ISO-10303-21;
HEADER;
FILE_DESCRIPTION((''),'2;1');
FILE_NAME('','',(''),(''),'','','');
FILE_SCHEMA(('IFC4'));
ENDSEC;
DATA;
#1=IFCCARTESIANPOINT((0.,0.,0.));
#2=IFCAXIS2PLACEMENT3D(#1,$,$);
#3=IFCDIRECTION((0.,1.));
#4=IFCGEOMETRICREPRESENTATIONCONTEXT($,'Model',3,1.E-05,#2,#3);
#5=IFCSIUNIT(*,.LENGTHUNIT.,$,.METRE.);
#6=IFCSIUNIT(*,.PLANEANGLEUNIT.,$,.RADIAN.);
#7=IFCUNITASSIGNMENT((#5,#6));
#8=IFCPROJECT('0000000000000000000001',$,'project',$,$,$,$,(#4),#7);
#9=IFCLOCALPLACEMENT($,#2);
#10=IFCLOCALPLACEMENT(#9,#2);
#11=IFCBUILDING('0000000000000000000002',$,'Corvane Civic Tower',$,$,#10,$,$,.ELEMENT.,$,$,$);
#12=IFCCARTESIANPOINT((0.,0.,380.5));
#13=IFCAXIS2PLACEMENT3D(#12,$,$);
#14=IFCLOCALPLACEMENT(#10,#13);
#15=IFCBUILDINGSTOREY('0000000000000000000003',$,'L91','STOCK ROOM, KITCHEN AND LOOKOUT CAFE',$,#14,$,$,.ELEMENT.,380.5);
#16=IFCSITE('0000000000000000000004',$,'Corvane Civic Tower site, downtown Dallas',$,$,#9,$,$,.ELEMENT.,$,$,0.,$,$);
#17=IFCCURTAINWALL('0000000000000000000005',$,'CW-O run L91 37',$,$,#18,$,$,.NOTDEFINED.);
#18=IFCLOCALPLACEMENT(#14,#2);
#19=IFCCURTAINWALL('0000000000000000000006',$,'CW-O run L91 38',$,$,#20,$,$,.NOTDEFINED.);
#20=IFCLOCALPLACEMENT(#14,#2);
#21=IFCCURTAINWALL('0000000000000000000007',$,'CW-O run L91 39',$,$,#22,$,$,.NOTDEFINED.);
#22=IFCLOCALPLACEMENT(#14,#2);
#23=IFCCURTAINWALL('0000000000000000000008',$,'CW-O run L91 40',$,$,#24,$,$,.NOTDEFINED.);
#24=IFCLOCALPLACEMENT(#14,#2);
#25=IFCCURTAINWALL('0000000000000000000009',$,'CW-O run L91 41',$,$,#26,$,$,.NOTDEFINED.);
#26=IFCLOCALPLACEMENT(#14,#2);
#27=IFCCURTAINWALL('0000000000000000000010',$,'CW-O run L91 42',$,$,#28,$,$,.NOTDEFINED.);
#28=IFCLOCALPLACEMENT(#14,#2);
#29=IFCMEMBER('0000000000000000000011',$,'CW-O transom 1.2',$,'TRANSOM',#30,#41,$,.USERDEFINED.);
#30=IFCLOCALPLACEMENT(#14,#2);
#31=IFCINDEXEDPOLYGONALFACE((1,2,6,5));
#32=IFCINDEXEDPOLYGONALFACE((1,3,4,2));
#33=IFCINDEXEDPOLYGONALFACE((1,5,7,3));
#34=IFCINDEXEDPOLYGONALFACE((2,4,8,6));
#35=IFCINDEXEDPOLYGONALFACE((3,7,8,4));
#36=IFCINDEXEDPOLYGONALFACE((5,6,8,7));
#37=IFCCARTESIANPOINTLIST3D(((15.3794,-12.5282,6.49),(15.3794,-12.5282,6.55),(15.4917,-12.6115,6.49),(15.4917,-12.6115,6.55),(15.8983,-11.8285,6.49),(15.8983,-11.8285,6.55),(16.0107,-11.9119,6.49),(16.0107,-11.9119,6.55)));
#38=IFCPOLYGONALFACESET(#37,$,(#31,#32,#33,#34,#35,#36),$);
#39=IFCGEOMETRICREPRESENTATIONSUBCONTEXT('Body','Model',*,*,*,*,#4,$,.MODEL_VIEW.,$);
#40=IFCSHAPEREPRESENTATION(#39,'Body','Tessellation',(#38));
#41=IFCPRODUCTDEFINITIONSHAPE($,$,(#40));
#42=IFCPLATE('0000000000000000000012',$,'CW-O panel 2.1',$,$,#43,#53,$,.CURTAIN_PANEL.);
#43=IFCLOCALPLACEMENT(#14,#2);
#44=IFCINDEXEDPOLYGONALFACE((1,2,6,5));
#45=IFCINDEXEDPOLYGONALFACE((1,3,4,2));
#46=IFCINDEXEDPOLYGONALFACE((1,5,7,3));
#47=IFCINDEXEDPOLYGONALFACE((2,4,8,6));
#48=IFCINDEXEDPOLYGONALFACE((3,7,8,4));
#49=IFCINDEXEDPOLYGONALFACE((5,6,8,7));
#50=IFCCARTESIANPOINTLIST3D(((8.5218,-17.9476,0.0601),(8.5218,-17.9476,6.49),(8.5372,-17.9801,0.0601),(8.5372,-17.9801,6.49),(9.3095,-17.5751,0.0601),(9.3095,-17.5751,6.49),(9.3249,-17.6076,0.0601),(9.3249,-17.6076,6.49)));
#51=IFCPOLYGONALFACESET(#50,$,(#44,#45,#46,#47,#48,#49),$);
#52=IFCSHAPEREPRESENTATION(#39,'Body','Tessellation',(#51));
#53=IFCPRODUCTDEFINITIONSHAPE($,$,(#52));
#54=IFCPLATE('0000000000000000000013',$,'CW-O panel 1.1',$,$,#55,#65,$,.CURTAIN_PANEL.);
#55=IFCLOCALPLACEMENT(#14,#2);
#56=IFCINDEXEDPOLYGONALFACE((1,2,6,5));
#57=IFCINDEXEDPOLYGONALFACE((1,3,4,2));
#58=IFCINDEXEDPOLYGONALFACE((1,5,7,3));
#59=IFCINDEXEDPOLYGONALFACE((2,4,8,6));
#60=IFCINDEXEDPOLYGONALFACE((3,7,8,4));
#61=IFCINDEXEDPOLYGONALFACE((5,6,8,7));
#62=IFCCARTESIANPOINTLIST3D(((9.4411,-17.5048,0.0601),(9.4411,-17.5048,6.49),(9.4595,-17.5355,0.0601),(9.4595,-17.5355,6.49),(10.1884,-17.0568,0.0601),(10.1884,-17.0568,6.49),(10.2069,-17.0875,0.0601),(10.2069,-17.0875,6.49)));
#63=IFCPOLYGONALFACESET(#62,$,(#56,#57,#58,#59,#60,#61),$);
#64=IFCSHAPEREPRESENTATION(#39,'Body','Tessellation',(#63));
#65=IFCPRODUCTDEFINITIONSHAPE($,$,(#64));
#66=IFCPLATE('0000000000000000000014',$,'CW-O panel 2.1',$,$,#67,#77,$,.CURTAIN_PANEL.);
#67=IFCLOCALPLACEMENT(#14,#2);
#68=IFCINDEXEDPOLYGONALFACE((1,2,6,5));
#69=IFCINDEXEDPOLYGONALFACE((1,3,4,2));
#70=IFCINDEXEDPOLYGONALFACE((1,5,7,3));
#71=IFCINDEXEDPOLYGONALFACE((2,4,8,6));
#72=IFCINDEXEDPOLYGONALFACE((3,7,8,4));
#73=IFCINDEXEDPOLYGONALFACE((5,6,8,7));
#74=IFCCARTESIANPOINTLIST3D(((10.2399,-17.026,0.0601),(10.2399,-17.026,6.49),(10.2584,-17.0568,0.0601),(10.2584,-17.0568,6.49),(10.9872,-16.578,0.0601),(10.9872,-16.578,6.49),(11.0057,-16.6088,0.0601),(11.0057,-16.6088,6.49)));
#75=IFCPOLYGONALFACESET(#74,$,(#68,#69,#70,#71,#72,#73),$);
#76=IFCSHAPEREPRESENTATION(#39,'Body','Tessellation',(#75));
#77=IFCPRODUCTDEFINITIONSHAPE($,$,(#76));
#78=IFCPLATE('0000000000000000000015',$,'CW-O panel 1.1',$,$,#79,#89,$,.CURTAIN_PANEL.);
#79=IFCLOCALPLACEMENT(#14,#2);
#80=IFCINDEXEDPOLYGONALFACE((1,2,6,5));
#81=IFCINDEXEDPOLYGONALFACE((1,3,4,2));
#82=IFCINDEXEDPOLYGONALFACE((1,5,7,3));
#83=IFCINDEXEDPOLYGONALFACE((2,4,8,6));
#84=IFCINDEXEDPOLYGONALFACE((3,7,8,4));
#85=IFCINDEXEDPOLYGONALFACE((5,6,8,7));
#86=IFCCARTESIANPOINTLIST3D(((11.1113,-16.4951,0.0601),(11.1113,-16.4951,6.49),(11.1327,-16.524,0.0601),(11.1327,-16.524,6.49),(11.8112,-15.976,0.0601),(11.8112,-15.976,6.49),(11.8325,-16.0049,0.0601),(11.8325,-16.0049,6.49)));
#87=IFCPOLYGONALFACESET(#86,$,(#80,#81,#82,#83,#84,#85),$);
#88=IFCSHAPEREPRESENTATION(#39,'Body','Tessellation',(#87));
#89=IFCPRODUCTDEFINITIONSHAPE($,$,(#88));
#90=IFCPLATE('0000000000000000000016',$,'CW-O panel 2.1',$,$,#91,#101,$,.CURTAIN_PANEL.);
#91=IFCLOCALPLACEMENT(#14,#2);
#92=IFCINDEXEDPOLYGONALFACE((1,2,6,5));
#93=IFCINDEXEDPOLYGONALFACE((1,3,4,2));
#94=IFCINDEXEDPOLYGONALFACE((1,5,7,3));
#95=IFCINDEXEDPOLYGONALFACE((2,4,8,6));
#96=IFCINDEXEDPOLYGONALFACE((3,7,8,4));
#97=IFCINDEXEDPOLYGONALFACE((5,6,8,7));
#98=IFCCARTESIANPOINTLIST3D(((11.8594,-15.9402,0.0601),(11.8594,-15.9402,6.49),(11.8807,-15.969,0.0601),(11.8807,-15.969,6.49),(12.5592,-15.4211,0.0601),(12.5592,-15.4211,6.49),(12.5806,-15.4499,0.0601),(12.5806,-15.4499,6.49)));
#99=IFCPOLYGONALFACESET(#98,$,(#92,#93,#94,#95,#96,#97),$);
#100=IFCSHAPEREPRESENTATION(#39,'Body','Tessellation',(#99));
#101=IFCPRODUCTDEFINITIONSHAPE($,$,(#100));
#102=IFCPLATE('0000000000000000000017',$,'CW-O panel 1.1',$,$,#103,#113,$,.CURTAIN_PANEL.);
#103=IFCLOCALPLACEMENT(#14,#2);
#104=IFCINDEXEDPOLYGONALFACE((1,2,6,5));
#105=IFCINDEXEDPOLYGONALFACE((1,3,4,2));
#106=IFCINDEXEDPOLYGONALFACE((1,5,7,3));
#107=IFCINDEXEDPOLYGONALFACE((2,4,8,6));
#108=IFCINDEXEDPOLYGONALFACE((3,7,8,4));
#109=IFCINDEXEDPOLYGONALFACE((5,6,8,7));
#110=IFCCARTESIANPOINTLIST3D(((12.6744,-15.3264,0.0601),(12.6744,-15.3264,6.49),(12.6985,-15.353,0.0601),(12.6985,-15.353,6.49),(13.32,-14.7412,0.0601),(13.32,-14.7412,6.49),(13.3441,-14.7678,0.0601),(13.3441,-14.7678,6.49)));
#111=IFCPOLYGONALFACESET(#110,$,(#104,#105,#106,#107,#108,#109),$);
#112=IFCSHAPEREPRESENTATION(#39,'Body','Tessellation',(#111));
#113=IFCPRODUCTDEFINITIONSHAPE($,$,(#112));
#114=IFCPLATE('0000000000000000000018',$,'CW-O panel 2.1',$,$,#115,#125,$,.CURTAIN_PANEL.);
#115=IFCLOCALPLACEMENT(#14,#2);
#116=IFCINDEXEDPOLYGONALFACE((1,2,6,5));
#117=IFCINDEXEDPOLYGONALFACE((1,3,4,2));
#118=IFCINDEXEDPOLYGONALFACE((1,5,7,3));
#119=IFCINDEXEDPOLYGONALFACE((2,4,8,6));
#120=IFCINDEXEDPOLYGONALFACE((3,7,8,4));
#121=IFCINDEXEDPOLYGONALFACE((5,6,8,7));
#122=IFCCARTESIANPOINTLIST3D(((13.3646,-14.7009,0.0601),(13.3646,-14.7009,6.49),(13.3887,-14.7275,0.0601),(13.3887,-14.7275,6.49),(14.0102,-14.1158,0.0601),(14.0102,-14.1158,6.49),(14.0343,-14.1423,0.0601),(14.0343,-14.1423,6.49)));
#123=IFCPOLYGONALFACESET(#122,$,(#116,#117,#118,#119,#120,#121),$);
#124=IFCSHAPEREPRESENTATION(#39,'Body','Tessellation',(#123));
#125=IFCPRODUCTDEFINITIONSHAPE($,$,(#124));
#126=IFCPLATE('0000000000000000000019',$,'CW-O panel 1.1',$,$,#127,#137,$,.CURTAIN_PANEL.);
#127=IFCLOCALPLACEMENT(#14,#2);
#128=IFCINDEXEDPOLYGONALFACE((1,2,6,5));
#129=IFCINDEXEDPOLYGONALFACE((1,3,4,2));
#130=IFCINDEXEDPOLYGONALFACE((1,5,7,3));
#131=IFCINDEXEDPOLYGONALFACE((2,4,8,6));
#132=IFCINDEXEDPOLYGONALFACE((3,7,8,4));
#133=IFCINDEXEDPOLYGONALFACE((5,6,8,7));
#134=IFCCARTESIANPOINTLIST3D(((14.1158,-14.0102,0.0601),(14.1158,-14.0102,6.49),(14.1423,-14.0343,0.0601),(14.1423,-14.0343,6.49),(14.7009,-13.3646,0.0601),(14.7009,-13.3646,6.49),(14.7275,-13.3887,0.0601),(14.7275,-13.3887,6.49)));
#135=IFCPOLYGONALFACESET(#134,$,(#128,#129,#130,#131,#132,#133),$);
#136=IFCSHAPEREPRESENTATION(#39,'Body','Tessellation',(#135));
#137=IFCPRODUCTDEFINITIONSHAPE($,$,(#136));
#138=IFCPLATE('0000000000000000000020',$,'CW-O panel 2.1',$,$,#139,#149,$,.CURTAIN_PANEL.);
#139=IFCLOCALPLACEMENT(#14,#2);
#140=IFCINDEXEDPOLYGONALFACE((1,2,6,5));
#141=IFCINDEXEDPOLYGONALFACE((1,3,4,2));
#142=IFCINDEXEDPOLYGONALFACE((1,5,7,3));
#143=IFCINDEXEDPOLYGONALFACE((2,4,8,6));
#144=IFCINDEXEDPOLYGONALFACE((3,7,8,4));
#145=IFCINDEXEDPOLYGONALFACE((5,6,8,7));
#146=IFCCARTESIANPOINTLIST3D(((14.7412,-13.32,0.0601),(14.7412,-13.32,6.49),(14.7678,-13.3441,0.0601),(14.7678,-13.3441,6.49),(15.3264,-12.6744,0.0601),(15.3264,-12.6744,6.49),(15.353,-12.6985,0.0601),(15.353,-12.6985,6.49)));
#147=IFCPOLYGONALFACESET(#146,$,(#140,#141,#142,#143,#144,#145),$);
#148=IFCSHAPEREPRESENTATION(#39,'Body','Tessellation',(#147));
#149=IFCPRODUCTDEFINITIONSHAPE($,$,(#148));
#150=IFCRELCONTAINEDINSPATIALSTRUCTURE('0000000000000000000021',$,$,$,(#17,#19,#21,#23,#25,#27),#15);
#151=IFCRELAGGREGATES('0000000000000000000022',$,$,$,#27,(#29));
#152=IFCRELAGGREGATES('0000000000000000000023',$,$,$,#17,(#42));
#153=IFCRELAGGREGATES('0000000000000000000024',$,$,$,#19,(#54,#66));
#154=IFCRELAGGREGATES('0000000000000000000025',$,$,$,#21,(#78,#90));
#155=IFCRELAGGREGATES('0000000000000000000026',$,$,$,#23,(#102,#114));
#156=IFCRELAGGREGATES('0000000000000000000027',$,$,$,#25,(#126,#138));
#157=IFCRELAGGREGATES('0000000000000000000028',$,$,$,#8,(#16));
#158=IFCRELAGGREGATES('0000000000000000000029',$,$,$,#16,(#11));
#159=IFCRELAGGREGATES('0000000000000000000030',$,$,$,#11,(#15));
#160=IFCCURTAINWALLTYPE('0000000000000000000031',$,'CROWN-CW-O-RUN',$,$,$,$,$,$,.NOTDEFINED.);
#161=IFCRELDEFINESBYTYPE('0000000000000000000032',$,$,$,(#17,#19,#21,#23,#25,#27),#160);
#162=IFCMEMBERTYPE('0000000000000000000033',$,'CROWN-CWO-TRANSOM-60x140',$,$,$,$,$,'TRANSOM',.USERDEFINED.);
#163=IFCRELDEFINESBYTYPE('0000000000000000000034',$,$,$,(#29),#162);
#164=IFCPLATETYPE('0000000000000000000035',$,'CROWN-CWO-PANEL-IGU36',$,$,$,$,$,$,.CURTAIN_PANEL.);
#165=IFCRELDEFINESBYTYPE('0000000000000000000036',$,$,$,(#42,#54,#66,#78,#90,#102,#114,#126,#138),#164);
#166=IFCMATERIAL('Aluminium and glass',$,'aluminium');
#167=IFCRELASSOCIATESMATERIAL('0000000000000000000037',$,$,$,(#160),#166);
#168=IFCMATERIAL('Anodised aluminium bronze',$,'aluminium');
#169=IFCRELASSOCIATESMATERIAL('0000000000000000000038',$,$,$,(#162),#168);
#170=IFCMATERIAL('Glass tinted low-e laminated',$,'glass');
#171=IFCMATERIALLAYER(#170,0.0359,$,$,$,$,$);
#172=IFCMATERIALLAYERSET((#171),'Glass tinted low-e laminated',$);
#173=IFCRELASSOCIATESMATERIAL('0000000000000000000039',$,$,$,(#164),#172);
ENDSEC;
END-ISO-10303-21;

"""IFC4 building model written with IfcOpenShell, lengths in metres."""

from ifc_helpers import new_model, si_unit, direction, frame, origin, origin_2d, place, context, subcontext, project, spatial, rectangle, extrude, material, layer, layer_set, material_profile, profile_set, type_object, element, aggregate, save


model = new_model("IFC4")

# Units and contexts
model_context = context("Model", 3, precision=1e-05, world=origin(), true_north=direction((0.0, 1.0)))
body_context = subcontext(model_context, "Body", "Model", "MODEL_VIEW")
ifc_project = project(units=[si_unit("LENGTHUNIT", "METRE"), si_unit("PLANEANGLEUNIT", "RADIAN")], contexts=[model_context])

# Site, building, storey
site_placement = place(None, origin())
site = spatial("IfcSite", under=ifc_project, at=site_placement, Name="Corvane Civic Tower site, downtown Dallas", CompositionType="ELEMENT", RefElevation=0.0)
building_placement = place(site_placement, origin())
building = spatial("IfcBuilding", under=site, at=building_placement, Name="Corvane Civic Tower", CompositionType="ELEMENT")
storey_placement = place(building_placement, frame((0.0, 0.0, 380.5)))
storey = spatial("IfcBuildingStorey", under=building, at=storey_placement, Name="L91", Description="STOCK ROOM, KITCHEN AND LOOKOUT CAFE", CompositionType="ELEMENT", Elevation=380.5)

# Curtain wall
ifc_material_1 = material(Name="Aluminium and glass", Category="aluminium")
curtain_wall_type = type_object("IfcCurtainWallType", Name="CROWN-CW-O-RUN", PredefinedType="NOTDEFINED", material=ifc_material_1)
curtain_wall_1_placement = place(storey_placement, origin())
curtain_wall_1 = element("IfcCurtainWall", 1, at=curtain_wall_1_placement, inside=storey, type_object=curtain_wall_type, Name="CW-O run L91 37", PredefinedType="NOTDEFINED")
ifc_material_2 = material(Name="Anodised aluminium bronze", Category="aluminium")
ifc_material_profile = material_profile(ifc_material_2, rectangle(XDim=0.1399, YDim=0.0601, at=origin_2d()), Name="AL 140x60")
ifc_profile_set = profile_set([ifc_material_profile], Name="Anodised aluminium bronze")
member_type = type_object("IfcMemberType", Name="CROWN-CWO-TRANSOM-60x140", ElementType="TRANSOM", PredefinedType="USERDEFINED", material=ifc_profile_set)

# Curtain walls, member
curtain_wall_2_placement = place(storey_placement, origin())
curtain_wall_2 = element("IfcCurtainWall", 2, at=curtain_wall_2_placement, inside=storey, type_object=curtain_wall_type, Name="CW-O run L91 38", PredefinedType="NOTDEFINED")
curtain_wall_3_placement = place(storey_placement, origin())
curtain_wall_3 = element("IfcCurtainWall", 3, at=curtain_wall_3_placement, inside=storey, type_object=curtain_wall_type, Name="CW-O run L91 39", PredefinedType="NOTDEFINED")
curtain_wall_4_placement = place(storey_placement, origin())
curtain_wall_4 = element("IfcCurtainWall", 4, at=curtain_wall_4_placement, inside=storey, type_object=curtain_wall_type, Name="CW-O run L91 40", PredefinedType="NOTDEFINED")
curtain_wall_5_placement = place(storey_placement, origin())
curtain_wall_5 = element("IfcCurtainWall", 5, at=curtain_wall_5_placement, inside=storey, type_object=curtain_wall_type, Name="CW-O run L91 41", PredefinedType="NOTDEFINED")
curtain_wall_6_placement = place(storey_placement, origin())
curtain_wall_6 = element("IfcCurtainWall", 6, at=curtain_wall_6_placement, inside=storey, type_object=curtain_wall_type, Name="CW-O run L91 42", PredefinedType="NOTDEFINED")
member_1_placement = place(storey_placement, frame((15.4355, -12.5698, 6.52), z_axis=(0.595777, 0.80315, 0.0), x_axis=(-0.80315, 0.595777, 0.0)))
member_1 = element("IfcMember", 7, at=member_1_placement, type_object=member_type, Name="CW-O transom 1.2", ObjectType="TRANSOM", PredefinedType="USERDEFINED", context=body_context, shape_type="SweptSolid", body=[
    extrude(rectangle(XDim=0.1399, YDim=0.0601, at=origin_2d()), origin(), (0.0, 0.0, 1.0), 0.8711),
])
aggregate(curtain_wall_6, [member_1])

# Plates
ifc_material_3 = material(Name="Glass tinted low-e laminated", Category="glass")
ifc_layer = layer(ifc_material_3, 0.0359)
ifc_layer_set = layer_set([ifc_layer], Name="Glass tinted low-e laminated")
plate_type = type_object("IfcPlateType", Name="CROWN-CWO-PANEL-IGU36", PredefinedType="CURTAIN_PANEL", material=ifc_layer_set)
plate_1_placement = place(storey_placement, frame((8.9233, -17.7776, 0.0601), z_axis=(0.0, 0.0, 1.0), x_axis=(0.904011, 0.427509, 0.0)))
plate_1 = element("IfcPlate", 8, at=plate_1_placement, type_object=plate_type, Name="CW-O panel 2.1", PredefinedType="CURTAIN_PANEL", context=body_context, shape_type="SweptSolid", body=[
    extrude(rectangle(XDim=0.8713, YDim=0.0359, at=origin_2d()), origin(), (0.0, 0.0, 1.0), 6.4299),
])
aggregate(curtain_wall_1, [plate_1])
plate_2_placement = place(storey_placement, frame((9.824, -17.2961, 0.0601), z_axis=(0.0, 0.0, 1.0), x_axis=(0.857699, 0.514152, 0.0)))
plate_2 = element("IfcPlate", 9, at=plate_2_placement, type_object=plate_type, Name="CW-O panel 1.1", PredefinedType="CURTAIN_PANEL", context=body_context, shape_type="SweptSolid", body=[
    extrude(rectangle(XDim=0.8713, YDim=0.0359, at=origin_2d()), origin(), (0.0, 0.0, 1.0), 6.4299),
])
plate_3_placement = place(storey_placement, frame((10.6228, -16.8174, 0.0601), z_axis=(0.0, 0.0, 1.0), x_axis=(0.857699, 0.514152, 0.0)))
plate_3 = element("IfcPlate", 10, at=plate_3_placement, type_object=plate_type, Name="CW-O panel 2.1", PredefinedType="CURTAIN_PANEL", context=body_context, shape_type="SweptSolid", body=[
    extrude(rectangle(XDim=0.8713, YDim=0.0359, at=origin_2d()), origin(), (0.0, 0.0, 1.0), 6.4299),
])
aggregate(curtain_wall_2, [plate_2, plate_3])
plate_4_placement = place(storey_placement, frame((11.4719, -16.25, 0.0601), z_axis=(0.0, 0.0, 1.0), x_axis=(0.80319, 0.595722, 0.0)))
plate_4 = element("IfcPlate", 11, at=plate_4_placement, type_object=plate_type, Name="CW-O panel 1.1", PredefinedType="CURTAIN_PANEL", context=body_context, shape_type="SweptSolid", body=[
    extrude(rectangle(XDim=0.8713, YDim=0.0359, at=origin_2d()), origin(), (0.0, 0.0, 1.0), 6.4299),
])
plate_5_placement = place(storey_placement, frame((12.22, -15.6951, 0.0601), z_axis=(0.0, 0.0, 1.0), x_axis=(0.80319, 0.595722, 0.0)))
plate_5 = element("IfcPlate", 12, at=plate_5_placement, type_object=plate_type, Name="CW-O panel 2.1", PredefinedType="CURTAIN_PANEL", context=body_context, shape_type="SweptSolid", body=[
    extrude(rectangle(XDim=0.8713, YDim=0.0359, at=origin_2d()), origin(), (0.0, 0.0, 1.0), 6.4299),
])
aggregate(curtain_wall_3, [plate_4, plate_5])
plate_6_placement = place(storey_placement, frame((13.0093, -15.0471, 0.0601), z_axis=(0.0, 0.0, 1.0), x_axis=(0.740944, 0.671567, 0.0)))
plate_6 = element("IfcPlate", 13, at=plate_6_placement, type_object=plate_type, Name="CW-O panel 1.1", PredefinedType="CURTAIN_PANEL", context=body_context, shape_type="SweptSolid", body=[
    extrude(rectangle(XDim=0.8713, YDim=0.0359, at=origin_2d()), origin(), (0.0, 0.0, 1.0), 6.4299),
])
plate_7_placement = place(storey_placement, frame((13.6995, -14.4216, 0.0601), z_axis=(0.0, 0.0, 1.0), x_axis=(0.740944, 0.671567, 0.0)))
plate_7 = element("IfcPlate", 14, at=plate_7_placement, type_object=plate_type, Name="CW-O panel 2.1", PredefinedType="CURTAIN_PANEL", context=body_context, shape_type="SweptSolid", body=[
    extrude(rectangle(XDim=0.8713, YDim=0.0359, at=origin_2d()), origin(), (0.0, 0.0, 1.0), 6.4299),
])
aggregate(curtain_wall_4, [plate_6, plate_7])
plate_8_placement = place(storey_placement, frame((14.4216, -13.6995, 0.0601), z_axis=(0.0, 0.0, 1.0), x_axis=(0.671567, 0.740944, 0.0)))
plate_8 = element("IfcPlate", 15, at=plate_8_placement, type_object=plate_type, Name="CW-O panel 1.1", PredefinedType="CURTAIN_PANEL", context=body_context, shape_type="SweptSolid", body=[
    extrude(rectangle(XDim=0.8713, YDim=0.0359, at=origin_2d()), origin(), (0.0, 0.0, 1.0), 6.4299),
])
plate_9_placement = place(storey_placement, frame((15.0471, -13.0093, 0.0601), z_axis=(0.0, 0.0, 1.0), x_axis=(0.671567, 0.740944, 0.0)))
plate_9 = element("IfcPlate", 16, at=plate_9_placement, type_object=plate_type, Name="CW-O panel 2.1", PredefinedType="CURTAIN_PANEL", context=body_context, shape_type="SweptSolid", body=[
    extrude(rectangle(XDim=0.8713, YDim=0.0359, at=origin_2d()), origin(), (0.0, 0.0, 1.0), 6.4299),
])
aggregate(curtain_wall_5, [plate_8, plate_9])

save(model, "model.ifc")
